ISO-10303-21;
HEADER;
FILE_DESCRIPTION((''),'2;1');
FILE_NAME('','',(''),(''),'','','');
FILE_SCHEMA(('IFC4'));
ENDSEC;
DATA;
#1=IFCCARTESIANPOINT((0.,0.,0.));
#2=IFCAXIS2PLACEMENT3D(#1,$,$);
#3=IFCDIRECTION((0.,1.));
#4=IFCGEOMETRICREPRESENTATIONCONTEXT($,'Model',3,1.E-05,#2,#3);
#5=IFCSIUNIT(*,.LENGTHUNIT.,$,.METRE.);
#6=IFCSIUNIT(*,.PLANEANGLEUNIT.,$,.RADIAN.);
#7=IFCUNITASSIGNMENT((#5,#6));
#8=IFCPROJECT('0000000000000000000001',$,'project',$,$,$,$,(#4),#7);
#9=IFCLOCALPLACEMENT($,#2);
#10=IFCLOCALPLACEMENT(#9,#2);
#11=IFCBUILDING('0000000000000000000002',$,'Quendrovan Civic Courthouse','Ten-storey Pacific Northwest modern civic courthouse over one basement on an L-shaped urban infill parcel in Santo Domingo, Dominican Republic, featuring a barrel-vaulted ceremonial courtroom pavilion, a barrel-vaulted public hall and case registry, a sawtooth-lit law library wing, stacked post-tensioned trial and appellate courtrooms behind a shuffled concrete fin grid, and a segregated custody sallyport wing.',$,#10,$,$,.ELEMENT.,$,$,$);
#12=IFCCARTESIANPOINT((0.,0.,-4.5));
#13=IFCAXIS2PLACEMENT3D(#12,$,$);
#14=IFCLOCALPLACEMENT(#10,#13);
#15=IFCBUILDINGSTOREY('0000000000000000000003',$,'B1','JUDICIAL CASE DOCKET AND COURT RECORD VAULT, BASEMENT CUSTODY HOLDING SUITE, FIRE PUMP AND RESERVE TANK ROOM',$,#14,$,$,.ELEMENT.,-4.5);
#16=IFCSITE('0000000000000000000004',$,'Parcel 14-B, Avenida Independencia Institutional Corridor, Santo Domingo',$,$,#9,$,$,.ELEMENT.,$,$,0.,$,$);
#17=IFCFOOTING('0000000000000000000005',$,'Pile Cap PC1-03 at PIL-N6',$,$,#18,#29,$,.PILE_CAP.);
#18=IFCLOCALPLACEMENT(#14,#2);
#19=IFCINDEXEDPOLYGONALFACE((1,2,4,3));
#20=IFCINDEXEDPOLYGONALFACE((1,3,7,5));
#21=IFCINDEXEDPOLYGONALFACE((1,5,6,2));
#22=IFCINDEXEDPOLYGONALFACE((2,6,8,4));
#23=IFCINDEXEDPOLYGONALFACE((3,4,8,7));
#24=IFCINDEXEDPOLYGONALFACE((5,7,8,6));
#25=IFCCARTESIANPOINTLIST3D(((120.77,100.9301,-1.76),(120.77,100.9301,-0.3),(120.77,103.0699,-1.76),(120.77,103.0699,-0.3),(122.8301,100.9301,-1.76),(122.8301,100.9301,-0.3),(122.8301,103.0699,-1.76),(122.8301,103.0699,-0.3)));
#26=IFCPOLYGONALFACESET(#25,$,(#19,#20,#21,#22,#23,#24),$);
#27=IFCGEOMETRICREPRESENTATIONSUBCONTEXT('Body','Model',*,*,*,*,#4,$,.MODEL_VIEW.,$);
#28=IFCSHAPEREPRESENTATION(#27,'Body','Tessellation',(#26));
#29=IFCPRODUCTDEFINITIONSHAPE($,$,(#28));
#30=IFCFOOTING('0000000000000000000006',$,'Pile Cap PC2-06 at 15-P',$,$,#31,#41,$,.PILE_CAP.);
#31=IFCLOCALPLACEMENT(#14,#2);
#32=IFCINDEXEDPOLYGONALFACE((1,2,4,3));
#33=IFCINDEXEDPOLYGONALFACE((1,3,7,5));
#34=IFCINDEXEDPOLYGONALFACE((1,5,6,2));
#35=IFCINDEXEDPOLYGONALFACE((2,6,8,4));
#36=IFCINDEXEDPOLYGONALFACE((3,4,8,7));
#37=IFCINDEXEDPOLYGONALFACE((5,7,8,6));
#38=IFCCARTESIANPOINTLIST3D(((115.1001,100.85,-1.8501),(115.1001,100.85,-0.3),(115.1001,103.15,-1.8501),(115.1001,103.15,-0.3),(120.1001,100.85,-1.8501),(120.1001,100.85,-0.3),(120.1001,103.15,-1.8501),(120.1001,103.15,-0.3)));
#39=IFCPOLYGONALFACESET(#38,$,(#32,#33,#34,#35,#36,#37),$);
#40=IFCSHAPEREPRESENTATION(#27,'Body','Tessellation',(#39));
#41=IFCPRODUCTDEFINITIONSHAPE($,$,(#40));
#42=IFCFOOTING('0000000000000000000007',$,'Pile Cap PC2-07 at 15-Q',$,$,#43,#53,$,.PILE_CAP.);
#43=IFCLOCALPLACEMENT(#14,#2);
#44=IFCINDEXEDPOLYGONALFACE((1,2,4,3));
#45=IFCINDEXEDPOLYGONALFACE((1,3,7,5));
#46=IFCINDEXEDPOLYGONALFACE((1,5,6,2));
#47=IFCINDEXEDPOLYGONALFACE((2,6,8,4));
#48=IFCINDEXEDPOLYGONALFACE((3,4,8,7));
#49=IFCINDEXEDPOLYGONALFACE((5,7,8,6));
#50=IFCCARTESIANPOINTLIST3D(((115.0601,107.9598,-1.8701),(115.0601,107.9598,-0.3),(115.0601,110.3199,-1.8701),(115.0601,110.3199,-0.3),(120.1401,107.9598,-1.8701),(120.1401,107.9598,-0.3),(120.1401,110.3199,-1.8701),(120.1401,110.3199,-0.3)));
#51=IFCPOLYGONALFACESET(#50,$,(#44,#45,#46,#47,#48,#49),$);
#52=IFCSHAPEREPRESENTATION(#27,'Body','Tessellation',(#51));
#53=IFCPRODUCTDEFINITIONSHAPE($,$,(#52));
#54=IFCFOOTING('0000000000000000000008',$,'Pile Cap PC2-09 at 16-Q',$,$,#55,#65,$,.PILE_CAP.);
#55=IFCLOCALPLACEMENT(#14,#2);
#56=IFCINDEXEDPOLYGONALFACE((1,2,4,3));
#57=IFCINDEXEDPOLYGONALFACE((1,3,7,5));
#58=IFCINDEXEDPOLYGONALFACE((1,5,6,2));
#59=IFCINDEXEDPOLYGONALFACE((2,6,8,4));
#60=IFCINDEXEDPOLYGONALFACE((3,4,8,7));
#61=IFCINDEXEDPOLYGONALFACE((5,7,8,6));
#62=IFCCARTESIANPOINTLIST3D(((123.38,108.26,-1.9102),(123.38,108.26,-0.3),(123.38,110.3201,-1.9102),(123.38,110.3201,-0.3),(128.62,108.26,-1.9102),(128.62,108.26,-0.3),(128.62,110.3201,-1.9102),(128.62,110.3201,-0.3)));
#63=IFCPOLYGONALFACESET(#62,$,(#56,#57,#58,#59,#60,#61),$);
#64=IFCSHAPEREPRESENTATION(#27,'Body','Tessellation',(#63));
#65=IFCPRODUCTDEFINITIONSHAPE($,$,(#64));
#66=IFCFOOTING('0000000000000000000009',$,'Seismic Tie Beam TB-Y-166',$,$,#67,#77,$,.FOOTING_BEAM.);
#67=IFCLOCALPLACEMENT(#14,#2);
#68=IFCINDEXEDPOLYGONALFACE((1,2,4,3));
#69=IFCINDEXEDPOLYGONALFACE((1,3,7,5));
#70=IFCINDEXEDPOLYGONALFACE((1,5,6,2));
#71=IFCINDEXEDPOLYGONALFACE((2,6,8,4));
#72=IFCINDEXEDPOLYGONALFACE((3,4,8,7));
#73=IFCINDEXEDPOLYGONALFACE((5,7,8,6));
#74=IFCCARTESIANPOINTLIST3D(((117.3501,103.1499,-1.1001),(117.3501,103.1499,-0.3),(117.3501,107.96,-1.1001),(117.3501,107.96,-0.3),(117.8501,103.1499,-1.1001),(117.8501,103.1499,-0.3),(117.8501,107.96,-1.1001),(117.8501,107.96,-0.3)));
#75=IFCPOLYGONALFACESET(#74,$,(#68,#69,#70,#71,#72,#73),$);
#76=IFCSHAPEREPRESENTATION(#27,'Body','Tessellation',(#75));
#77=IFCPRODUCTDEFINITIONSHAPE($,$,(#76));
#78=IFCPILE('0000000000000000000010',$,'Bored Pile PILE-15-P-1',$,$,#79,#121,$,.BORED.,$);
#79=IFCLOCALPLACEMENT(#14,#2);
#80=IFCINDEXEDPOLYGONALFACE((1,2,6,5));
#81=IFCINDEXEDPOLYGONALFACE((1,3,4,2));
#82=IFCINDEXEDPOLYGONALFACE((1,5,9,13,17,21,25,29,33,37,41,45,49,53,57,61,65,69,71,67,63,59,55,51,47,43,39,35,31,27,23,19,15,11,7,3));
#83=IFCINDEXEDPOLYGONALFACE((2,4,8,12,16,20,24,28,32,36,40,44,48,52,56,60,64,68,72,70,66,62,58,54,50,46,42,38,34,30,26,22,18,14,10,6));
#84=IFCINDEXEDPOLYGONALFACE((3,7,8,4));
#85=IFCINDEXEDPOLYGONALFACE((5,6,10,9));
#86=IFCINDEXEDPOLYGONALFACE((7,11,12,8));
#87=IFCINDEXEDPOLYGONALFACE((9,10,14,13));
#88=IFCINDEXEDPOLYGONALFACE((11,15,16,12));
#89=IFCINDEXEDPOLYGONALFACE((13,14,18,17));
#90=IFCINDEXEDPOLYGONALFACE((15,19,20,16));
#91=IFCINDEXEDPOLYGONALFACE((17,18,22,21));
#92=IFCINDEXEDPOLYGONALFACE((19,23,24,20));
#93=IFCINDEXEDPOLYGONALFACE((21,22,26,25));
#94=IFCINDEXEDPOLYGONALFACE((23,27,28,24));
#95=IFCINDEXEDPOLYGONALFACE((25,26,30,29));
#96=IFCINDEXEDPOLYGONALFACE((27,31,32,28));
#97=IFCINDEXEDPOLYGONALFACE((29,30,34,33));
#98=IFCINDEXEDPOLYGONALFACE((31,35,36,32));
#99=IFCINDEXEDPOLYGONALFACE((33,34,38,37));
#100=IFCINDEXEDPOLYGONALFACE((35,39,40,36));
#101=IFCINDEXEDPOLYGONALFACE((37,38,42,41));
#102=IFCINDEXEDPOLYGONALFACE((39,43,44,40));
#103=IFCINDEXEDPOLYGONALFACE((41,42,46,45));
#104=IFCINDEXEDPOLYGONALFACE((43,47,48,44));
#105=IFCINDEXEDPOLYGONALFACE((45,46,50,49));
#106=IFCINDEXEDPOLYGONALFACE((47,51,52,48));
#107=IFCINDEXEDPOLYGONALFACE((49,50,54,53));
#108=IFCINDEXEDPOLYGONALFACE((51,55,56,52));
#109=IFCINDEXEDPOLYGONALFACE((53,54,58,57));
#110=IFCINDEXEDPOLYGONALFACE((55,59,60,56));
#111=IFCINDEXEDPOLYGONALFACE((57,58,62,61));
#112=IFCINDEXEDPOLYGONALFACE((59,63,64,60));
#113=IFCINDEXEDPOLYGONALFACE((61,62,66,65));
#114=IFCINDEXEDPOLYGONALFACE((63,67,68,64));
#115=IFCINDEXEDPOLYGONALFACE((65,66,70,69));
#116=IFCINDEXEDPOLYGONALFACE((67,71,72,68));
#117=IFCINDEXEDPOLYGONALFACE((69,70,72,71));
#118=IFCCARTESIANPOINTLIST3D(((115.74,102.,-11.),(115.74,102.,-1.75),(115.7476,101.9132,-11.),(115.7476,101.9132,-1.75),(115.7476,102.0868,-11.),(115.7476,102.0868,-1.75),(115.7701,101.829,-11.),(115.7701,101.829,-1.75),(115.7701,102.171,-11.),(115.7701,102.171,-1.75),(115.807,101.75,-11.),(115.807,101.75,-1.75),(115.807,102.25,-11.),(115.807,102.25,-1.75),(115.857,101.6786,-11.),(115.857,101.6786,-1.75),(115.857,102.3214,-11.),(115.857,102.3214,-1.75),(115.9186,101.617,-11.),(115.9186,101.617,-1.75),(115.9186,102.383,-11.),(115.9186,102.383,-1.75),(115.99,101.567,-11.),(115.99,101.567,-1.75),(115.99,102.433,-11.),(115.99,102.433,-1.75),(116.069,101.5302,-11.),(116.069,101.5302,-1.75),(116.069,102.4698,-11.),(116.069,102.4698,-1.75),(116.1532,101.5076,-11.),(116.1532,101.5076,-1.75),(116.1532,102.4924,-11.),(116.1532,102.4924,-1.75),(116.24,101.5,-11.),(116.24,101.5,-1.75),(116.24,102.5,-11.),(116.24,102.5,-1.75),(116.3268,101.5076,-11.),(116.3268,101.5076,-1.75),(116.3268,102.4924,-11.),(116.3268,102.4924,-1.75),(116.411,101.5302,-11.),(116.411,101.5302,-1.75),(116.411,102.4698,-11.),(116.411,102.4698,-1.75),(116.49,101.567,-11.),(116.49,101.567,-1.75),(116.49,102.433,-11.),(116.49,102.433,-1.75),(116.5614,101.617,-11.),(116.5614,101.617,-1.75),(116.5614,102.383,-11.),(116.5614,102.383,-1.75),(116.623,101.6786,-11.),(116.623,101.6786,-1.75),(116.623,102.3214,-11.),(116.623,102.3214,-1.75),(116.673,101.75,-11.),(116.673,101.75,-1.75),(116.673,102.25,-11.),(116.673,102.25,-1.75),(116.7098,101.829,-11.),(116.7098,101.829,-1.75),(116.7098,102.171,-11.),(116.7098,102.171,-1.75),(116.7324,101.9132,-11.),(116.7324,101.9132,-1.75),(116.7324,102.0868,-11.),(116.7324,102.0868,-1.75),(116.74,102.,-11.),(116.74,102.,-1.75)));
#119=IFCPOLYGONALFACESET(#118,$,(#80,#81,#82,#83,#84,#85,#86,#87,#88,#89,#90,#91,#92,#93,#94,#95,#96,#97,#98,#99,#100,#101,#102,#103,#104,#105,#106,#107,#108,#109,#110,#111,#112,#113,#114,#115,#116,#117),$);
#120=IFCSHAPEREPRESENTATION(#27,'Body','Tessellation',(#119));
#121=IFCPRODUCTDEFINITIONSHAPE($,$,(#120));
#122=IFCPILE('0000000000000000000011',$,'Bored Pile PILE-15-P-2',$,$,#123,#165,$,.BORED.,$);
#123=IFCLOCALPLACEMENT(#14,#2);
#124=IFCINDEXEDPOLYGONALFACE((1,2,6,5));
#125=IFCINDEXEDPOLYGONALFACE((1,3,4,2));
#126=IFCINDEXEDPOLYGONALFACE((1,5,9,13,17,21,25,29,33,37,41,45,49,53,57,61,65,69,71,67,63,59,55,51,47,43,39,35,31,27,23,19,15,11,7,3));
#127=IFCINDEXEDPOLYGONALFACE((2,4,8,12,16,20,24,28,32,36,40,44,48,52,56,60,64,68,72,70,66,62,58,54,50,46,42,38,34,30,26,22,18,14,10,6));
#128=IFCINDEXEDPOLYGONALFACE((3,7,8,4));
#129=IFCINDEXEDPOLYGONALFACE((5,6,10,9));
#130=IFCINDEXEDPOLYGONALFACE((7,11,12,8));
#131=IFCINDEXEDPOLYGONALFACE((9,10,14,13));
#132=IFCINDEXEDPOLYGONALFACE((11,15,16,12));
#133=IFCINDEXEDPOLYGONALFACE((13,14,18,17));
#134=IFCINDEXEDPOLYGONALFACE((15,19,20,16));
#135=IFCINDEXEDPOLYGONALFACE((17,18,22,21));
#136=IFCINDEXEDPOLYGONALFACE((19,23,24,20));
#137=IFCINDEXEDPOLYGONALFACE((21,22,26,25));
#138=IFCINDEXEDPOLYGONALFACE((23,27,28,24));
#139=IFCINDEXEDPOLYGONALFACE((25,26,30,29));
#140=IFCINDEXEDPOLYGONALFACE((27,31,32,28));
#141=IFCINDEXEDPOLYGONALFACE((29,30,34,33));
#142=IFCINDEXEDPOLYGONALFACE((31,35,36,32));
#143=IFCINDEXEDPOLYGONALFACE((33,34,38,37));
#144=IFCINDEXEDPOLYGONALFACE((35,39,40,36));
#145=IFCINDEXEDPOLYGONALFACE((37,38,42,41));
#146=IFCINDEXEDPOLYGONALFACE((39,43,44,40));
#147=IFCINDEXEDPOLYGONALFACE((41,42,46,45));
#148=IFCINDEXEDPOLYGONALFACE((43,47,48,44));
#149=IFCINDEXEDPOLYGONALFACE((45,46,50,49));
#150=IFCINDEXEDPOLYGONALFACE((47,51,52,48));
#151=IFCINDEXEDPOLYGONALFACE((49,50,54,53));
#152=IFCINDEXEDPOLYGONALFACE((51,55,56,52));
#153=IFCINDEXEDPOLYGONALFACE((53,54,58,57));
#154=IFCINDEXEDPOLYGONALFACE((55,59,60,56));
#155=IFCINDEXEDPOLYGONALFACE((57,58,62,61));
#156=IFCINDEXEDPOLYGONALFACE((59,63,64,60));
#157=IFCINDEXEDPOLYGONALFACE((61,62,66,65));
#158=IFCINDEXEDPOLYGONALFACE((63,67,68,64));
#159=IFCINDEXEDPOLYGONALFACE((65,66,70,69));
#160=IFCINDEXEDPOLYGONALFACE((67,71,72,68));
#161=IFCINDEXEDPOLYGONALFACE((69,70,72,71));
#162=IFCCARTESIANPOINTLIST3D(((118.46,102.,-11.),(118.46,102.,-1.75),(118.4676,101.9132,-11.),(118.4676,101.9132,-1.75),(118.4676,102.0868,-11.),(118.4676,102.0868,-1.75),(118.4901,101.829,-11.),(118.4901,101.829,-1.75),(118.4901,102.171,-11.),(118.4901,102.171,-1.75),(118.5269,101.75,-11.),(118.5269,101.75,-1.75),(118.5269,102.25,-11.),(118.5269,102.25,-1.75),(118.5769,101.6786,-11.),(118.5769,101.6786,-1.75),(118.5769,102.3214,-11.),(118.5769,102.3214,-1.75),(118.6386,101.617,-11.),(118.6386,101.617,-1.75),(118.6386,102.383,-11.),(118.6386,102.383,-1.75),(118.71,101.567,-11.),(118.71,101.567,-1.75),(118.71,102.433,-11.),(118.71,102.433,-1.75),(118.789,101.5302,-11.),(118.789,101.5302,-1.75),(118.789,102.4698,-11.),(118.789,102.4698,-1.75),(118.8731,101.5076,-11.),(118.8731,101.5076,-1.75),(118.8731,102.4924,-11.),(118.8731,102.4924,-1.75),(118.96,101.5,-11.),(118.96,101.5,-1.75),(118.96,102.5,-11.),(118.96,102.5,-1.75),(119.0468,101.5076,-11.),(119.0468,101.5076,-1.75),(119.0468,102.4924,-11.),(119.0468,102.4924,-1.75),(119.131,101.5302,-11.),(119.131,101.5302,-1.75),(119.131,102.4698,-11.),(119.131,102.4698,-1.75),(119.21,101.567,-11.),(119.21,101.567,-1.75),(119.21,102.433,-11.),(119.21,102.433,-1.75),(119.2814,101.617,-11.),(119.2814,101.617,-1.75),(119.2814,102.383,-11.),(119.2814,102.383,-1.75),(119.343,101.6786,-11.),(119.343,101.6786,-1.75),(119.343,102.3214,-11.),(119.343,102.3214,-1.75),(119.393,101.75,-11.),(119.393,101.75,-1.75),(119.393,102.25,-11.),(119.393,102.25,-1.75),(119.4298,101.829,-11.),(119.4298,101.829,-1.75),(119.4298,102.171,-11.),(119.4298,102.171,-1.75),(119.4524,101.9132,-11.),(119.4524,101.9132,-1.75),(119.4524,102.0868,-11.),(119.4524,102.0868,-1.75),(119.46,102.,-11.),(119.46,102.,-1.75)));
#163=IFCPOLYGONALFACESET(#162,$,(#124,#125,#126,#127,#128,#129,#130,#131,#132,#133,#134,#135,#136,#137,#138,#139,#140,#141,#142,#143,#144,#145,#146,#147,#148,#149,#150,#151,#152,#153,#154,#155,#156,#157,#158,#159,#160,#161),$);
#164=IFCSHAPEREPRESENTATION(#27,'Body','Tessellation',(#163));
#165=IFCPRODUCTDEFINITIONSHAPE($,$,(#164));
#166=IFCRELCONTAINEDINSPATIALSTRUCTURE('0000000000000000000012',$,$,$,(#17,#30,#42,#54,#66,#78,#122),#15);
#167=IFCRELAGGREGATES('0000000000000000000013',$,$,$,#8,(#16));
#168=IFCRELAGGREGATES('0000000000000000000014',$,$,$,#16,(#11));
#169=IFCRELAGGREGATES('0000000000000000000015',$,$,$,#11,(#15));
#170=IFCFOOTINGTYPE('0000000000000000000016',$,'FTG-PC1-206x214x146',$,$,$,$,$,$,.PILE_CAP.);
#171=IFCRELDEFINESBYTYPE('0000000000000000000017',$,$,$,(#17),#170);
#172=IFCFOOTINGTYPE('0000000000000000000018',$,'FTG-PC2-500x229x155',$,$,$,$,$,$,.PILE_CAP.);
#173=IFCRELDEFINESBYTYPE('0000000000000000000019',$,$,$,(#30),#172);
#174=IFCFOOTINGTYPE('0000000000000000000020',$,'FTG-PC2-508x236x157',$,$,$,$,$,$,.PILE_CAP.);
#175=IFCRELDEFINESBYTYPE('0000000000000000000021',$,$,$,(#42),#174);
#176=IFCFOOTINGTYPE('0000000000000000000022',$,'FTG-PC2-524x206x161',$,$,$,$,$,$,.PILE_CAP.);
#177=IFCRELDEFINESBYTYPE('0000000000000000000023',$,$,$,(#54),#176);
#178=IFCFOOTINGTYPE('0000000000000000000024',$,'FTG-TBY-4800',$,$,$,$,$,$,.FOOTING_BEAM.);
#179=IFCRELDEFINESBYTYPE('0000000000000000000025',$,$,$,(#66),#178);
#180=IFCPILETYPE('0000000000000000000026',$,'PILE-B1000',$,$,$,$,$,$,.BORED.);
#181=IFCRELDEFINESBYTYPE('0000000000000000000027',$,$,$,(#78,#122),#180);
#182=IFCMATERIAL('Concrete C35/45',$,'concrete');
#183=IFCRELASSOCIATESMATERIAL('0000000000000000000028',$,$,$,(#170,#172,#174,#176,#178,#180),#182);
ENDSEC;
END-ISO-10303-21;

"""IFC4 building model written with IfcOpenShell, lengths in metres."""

from ifc_helpers import new_model, si_unit, direction, frame, origin, origin_2d, place, context, subcontext, project, spatial, rectangle, circle, extrude, material, material_profile, profile_set, type_object, element, save


model = new_model("IFC4")

# Units and contexts
model_context = context("Model", 3, precision=1e-05, world=origin(), true_north=direction((0.0, 1.0)))
body_context = subcontext(model_context, "Body", "Model", "MODEL_VIEW")
ifc_project = project(units=[si_unit("LENGTHUNIT", "METRE"), si_unit("PLANEANGLEUNIT", "RADIAN")], contexts=[model_context])

# Site, building, storey
site_placement = place(None, origin())
site = spatial("IfcSite", under=ifc_project, at=site_placement, Name="Parcel 14-B, Avenida Independencia Institutional Corridor, Santo Domingo", CompositionType="ELEMENT", RefElevation=0.0)
building_placement = place(site_placement, origin())
building = spatial("IfcBuilding", under=site, at=building_placement, Name="Quendrovan Civic Courthouse", Description="Ten-storey Pacific Northwest modern civic courthouse over one basement on an L-shaped urban infill parcel in Santo Domingo, Dominican Republic, featuring a barrel-vaulted ceremonial courtroom pavilion, a barrel-vaulted public hall and case registry, a sawtooth-lit law library wing, stacked post-tensioned trial and appellate courtrooms behind a shuffled concrete fin grid, and a segregated custody sallyport wing.", CompositionType="ELEMENT")
storey_placement = place(building_placement, frame((0.0, 0.0, -4.5)))
storey = spatial("IfcBuildingStorey", under=building, at=storey_placement, Name="B1", Description="JUDICIAL CASE DOCKET AND COURT RECORD VAULT, BASEMENT CUSTODY HOLDING SUITE, FIRE PUMP AND RESERVE TANK ROOM", CompositionType="ELEMENT", Elevation=-4.5)

# Footings
ifc_material_1 = material(Name="Concrete C35/45", Category="concrete")
footing_type_1 = type_object("IfcFootingType", Name="FTG-PC1-206x214x146", PredefinedType="PILE_CAP", material=ifc_material_1)
footing_1_placement = place(storey_placement, frame((121.8, 102.0, -1.76), z_axis=(0.0, 0.0, 1.0), x_axis=(1.0, 0.0, 0.0)))
element("IfcFooting", 1, at=footing_1_placement, inside=storey, type_object=footing_type_1, Name="Pile Cap PC1-03 at PIL-N6", PredefinedType="PILE_CAP", context=body_context, shape_type="SweptSolid", body=[
    extrude(rectangle(XDim=2.0601, YDim=2.1399, at=origin_2d()), origin(), (0.0, 0.0, 1.0), 1.46),
])
footing_type_2 = type_object("IfcFootingType", Name="FTG-PC2-500x229x155", PredefinedType="PILE_CAP", material=ifc_material_1)
footing_2_placement = place(storey_placement, frame((117.6001, 102.0, -1.8501), z_axis=(0.0, 0.0, 1.0), x_axis=(1.0, 0.0, 0.0)))
element("IfcFooting", 2, at=footing_2_placement, inside=storey, type_object=footing_type_2, Name="Pile Cap PC2-06 at 15-P", PredefinedType="PILE_CAP", context=body_context, shape_type="SweptSolid", body=[
    extrude(rectangle(XDim=5.0, YDim=2.3, at=origin_2d()), origin(), (0.0, 0.0, 1.0), 1.55),
])
footing_type_3 = type_object("IfcFootingType", Name="FTG-PC2-508x236x157", PredefinedType="PILE_CAP", material=ifc_material_1)
footing_3_placement = place(storey_placement, frame((117.6001, 109.1399, -1.8701), z_axis=(0.0, 0.0, 1.0), x_axis=(1.0, 0.0, 0.0)))
element("IfcFooting", 3, at=footing_3_placement, inside=storey, type_object=footing_type_3, Name="Pile Cap PC2-07 at 15-Q", PredefinedType="PILE_CAP", context=body_context, shape_type="SweptSolid", body=[
    extrude(rectangle(XDim=5.0801, YDim=2.3601, at=origin_2d()), origin(), (0.0, 0.0, 1.0), 1.5701),
])
footing_type_4 = type_object("IfcFootingType", Name="FTG-PC2-524x206x161", PredefinedType="PILE_CAP", material=ifc_material_1)
footing_4_placement = place(storey_placement, frame((126.0, 109.29, -1.9102), z_axis=(0.0, 0.0, 1.0), x_axis=(1.0, 0.0, 0.0)))
element("IfcFooting", 4, at=footing_4_placement, inside=storey, type_object=footing_type_4, Name="Pile Cap PC2-09 at 16-Q", PredefinedType="PILE_CAP", context=body_context, shape_type="SweptSolid", body=[
    extrude(rectangle(XDim=5.24, YDim=2.0601, at=origin_2d()), origin(), (0.0, 0.0, 1.0), 1.6101),
])
footing_type_5 = type_object("IfcFootingType", Name="FTG-TBY-4800", PredefinedType="FOOTING_BEAM", material=ifc_material_1)
footing_5_placement = place(storey_placement, frame((117.6001, 105.5549, -1.1001), z_axis=(0.0, 0.0, 1.0), x_axis=(1.0, 0.0, 0.0)))
element("IfcFooting", 5, at=footing_5_placement, inside=storey, type_object=footing_type_5, Name="Seismic Tie Beam TB-Y-166", PredefinedType="FOOTING_BEAM", context=body_context, shape_type="SweptSolid", body=[
    extrude(rectangle(XDim=0.5, YDim=4.8101, at=origin_2d()), origin(), (0.0, 0.0, 1.0), 0.8),
])

# Piles
ifc_material_profile_1 = material_profile(ifc_material_1, circle(Radius=0.5, at=origin_2d()), Name="PILE-D1000")
ifc_profile_set_1 = profile_set([ifc_material_profile_1], Name="Concrete C35/45")
pile_type = type_object("IfcPileType", Name="PILE-B1000", PredefinedType="BORED", material=ifc_profile_set_1)
for number, where, z_axis, x_axis, name in (
    (6, (116.24, 102.0, -1.75), (0.0, 0.0, -1.0), (1.0, 0.0, 0.0), "Bored Pile PILE-15-P-1"),
    (7, (118.96, 102.0, -1.75), (0.0, 0.0, -1.0), (1.0, 0.0, 0.0), "Bored Pile PILE-15-P-2"),
):
    element("IfcPile", number, at=place(storey_placement, frame(where, z_axis=z_axis, x_axis=x_axis)), inside=storey, type_object=pile_type, Name=name, PredefinedType="BORED", context=body_context, shape_type="SweptSolid", body=[
        extrude(circle(Radius=0.5, at=origin_2d()), origin(), (0.0, 0.0, 1.0), 9.25),
    ])

save(model, "model.ifc")
